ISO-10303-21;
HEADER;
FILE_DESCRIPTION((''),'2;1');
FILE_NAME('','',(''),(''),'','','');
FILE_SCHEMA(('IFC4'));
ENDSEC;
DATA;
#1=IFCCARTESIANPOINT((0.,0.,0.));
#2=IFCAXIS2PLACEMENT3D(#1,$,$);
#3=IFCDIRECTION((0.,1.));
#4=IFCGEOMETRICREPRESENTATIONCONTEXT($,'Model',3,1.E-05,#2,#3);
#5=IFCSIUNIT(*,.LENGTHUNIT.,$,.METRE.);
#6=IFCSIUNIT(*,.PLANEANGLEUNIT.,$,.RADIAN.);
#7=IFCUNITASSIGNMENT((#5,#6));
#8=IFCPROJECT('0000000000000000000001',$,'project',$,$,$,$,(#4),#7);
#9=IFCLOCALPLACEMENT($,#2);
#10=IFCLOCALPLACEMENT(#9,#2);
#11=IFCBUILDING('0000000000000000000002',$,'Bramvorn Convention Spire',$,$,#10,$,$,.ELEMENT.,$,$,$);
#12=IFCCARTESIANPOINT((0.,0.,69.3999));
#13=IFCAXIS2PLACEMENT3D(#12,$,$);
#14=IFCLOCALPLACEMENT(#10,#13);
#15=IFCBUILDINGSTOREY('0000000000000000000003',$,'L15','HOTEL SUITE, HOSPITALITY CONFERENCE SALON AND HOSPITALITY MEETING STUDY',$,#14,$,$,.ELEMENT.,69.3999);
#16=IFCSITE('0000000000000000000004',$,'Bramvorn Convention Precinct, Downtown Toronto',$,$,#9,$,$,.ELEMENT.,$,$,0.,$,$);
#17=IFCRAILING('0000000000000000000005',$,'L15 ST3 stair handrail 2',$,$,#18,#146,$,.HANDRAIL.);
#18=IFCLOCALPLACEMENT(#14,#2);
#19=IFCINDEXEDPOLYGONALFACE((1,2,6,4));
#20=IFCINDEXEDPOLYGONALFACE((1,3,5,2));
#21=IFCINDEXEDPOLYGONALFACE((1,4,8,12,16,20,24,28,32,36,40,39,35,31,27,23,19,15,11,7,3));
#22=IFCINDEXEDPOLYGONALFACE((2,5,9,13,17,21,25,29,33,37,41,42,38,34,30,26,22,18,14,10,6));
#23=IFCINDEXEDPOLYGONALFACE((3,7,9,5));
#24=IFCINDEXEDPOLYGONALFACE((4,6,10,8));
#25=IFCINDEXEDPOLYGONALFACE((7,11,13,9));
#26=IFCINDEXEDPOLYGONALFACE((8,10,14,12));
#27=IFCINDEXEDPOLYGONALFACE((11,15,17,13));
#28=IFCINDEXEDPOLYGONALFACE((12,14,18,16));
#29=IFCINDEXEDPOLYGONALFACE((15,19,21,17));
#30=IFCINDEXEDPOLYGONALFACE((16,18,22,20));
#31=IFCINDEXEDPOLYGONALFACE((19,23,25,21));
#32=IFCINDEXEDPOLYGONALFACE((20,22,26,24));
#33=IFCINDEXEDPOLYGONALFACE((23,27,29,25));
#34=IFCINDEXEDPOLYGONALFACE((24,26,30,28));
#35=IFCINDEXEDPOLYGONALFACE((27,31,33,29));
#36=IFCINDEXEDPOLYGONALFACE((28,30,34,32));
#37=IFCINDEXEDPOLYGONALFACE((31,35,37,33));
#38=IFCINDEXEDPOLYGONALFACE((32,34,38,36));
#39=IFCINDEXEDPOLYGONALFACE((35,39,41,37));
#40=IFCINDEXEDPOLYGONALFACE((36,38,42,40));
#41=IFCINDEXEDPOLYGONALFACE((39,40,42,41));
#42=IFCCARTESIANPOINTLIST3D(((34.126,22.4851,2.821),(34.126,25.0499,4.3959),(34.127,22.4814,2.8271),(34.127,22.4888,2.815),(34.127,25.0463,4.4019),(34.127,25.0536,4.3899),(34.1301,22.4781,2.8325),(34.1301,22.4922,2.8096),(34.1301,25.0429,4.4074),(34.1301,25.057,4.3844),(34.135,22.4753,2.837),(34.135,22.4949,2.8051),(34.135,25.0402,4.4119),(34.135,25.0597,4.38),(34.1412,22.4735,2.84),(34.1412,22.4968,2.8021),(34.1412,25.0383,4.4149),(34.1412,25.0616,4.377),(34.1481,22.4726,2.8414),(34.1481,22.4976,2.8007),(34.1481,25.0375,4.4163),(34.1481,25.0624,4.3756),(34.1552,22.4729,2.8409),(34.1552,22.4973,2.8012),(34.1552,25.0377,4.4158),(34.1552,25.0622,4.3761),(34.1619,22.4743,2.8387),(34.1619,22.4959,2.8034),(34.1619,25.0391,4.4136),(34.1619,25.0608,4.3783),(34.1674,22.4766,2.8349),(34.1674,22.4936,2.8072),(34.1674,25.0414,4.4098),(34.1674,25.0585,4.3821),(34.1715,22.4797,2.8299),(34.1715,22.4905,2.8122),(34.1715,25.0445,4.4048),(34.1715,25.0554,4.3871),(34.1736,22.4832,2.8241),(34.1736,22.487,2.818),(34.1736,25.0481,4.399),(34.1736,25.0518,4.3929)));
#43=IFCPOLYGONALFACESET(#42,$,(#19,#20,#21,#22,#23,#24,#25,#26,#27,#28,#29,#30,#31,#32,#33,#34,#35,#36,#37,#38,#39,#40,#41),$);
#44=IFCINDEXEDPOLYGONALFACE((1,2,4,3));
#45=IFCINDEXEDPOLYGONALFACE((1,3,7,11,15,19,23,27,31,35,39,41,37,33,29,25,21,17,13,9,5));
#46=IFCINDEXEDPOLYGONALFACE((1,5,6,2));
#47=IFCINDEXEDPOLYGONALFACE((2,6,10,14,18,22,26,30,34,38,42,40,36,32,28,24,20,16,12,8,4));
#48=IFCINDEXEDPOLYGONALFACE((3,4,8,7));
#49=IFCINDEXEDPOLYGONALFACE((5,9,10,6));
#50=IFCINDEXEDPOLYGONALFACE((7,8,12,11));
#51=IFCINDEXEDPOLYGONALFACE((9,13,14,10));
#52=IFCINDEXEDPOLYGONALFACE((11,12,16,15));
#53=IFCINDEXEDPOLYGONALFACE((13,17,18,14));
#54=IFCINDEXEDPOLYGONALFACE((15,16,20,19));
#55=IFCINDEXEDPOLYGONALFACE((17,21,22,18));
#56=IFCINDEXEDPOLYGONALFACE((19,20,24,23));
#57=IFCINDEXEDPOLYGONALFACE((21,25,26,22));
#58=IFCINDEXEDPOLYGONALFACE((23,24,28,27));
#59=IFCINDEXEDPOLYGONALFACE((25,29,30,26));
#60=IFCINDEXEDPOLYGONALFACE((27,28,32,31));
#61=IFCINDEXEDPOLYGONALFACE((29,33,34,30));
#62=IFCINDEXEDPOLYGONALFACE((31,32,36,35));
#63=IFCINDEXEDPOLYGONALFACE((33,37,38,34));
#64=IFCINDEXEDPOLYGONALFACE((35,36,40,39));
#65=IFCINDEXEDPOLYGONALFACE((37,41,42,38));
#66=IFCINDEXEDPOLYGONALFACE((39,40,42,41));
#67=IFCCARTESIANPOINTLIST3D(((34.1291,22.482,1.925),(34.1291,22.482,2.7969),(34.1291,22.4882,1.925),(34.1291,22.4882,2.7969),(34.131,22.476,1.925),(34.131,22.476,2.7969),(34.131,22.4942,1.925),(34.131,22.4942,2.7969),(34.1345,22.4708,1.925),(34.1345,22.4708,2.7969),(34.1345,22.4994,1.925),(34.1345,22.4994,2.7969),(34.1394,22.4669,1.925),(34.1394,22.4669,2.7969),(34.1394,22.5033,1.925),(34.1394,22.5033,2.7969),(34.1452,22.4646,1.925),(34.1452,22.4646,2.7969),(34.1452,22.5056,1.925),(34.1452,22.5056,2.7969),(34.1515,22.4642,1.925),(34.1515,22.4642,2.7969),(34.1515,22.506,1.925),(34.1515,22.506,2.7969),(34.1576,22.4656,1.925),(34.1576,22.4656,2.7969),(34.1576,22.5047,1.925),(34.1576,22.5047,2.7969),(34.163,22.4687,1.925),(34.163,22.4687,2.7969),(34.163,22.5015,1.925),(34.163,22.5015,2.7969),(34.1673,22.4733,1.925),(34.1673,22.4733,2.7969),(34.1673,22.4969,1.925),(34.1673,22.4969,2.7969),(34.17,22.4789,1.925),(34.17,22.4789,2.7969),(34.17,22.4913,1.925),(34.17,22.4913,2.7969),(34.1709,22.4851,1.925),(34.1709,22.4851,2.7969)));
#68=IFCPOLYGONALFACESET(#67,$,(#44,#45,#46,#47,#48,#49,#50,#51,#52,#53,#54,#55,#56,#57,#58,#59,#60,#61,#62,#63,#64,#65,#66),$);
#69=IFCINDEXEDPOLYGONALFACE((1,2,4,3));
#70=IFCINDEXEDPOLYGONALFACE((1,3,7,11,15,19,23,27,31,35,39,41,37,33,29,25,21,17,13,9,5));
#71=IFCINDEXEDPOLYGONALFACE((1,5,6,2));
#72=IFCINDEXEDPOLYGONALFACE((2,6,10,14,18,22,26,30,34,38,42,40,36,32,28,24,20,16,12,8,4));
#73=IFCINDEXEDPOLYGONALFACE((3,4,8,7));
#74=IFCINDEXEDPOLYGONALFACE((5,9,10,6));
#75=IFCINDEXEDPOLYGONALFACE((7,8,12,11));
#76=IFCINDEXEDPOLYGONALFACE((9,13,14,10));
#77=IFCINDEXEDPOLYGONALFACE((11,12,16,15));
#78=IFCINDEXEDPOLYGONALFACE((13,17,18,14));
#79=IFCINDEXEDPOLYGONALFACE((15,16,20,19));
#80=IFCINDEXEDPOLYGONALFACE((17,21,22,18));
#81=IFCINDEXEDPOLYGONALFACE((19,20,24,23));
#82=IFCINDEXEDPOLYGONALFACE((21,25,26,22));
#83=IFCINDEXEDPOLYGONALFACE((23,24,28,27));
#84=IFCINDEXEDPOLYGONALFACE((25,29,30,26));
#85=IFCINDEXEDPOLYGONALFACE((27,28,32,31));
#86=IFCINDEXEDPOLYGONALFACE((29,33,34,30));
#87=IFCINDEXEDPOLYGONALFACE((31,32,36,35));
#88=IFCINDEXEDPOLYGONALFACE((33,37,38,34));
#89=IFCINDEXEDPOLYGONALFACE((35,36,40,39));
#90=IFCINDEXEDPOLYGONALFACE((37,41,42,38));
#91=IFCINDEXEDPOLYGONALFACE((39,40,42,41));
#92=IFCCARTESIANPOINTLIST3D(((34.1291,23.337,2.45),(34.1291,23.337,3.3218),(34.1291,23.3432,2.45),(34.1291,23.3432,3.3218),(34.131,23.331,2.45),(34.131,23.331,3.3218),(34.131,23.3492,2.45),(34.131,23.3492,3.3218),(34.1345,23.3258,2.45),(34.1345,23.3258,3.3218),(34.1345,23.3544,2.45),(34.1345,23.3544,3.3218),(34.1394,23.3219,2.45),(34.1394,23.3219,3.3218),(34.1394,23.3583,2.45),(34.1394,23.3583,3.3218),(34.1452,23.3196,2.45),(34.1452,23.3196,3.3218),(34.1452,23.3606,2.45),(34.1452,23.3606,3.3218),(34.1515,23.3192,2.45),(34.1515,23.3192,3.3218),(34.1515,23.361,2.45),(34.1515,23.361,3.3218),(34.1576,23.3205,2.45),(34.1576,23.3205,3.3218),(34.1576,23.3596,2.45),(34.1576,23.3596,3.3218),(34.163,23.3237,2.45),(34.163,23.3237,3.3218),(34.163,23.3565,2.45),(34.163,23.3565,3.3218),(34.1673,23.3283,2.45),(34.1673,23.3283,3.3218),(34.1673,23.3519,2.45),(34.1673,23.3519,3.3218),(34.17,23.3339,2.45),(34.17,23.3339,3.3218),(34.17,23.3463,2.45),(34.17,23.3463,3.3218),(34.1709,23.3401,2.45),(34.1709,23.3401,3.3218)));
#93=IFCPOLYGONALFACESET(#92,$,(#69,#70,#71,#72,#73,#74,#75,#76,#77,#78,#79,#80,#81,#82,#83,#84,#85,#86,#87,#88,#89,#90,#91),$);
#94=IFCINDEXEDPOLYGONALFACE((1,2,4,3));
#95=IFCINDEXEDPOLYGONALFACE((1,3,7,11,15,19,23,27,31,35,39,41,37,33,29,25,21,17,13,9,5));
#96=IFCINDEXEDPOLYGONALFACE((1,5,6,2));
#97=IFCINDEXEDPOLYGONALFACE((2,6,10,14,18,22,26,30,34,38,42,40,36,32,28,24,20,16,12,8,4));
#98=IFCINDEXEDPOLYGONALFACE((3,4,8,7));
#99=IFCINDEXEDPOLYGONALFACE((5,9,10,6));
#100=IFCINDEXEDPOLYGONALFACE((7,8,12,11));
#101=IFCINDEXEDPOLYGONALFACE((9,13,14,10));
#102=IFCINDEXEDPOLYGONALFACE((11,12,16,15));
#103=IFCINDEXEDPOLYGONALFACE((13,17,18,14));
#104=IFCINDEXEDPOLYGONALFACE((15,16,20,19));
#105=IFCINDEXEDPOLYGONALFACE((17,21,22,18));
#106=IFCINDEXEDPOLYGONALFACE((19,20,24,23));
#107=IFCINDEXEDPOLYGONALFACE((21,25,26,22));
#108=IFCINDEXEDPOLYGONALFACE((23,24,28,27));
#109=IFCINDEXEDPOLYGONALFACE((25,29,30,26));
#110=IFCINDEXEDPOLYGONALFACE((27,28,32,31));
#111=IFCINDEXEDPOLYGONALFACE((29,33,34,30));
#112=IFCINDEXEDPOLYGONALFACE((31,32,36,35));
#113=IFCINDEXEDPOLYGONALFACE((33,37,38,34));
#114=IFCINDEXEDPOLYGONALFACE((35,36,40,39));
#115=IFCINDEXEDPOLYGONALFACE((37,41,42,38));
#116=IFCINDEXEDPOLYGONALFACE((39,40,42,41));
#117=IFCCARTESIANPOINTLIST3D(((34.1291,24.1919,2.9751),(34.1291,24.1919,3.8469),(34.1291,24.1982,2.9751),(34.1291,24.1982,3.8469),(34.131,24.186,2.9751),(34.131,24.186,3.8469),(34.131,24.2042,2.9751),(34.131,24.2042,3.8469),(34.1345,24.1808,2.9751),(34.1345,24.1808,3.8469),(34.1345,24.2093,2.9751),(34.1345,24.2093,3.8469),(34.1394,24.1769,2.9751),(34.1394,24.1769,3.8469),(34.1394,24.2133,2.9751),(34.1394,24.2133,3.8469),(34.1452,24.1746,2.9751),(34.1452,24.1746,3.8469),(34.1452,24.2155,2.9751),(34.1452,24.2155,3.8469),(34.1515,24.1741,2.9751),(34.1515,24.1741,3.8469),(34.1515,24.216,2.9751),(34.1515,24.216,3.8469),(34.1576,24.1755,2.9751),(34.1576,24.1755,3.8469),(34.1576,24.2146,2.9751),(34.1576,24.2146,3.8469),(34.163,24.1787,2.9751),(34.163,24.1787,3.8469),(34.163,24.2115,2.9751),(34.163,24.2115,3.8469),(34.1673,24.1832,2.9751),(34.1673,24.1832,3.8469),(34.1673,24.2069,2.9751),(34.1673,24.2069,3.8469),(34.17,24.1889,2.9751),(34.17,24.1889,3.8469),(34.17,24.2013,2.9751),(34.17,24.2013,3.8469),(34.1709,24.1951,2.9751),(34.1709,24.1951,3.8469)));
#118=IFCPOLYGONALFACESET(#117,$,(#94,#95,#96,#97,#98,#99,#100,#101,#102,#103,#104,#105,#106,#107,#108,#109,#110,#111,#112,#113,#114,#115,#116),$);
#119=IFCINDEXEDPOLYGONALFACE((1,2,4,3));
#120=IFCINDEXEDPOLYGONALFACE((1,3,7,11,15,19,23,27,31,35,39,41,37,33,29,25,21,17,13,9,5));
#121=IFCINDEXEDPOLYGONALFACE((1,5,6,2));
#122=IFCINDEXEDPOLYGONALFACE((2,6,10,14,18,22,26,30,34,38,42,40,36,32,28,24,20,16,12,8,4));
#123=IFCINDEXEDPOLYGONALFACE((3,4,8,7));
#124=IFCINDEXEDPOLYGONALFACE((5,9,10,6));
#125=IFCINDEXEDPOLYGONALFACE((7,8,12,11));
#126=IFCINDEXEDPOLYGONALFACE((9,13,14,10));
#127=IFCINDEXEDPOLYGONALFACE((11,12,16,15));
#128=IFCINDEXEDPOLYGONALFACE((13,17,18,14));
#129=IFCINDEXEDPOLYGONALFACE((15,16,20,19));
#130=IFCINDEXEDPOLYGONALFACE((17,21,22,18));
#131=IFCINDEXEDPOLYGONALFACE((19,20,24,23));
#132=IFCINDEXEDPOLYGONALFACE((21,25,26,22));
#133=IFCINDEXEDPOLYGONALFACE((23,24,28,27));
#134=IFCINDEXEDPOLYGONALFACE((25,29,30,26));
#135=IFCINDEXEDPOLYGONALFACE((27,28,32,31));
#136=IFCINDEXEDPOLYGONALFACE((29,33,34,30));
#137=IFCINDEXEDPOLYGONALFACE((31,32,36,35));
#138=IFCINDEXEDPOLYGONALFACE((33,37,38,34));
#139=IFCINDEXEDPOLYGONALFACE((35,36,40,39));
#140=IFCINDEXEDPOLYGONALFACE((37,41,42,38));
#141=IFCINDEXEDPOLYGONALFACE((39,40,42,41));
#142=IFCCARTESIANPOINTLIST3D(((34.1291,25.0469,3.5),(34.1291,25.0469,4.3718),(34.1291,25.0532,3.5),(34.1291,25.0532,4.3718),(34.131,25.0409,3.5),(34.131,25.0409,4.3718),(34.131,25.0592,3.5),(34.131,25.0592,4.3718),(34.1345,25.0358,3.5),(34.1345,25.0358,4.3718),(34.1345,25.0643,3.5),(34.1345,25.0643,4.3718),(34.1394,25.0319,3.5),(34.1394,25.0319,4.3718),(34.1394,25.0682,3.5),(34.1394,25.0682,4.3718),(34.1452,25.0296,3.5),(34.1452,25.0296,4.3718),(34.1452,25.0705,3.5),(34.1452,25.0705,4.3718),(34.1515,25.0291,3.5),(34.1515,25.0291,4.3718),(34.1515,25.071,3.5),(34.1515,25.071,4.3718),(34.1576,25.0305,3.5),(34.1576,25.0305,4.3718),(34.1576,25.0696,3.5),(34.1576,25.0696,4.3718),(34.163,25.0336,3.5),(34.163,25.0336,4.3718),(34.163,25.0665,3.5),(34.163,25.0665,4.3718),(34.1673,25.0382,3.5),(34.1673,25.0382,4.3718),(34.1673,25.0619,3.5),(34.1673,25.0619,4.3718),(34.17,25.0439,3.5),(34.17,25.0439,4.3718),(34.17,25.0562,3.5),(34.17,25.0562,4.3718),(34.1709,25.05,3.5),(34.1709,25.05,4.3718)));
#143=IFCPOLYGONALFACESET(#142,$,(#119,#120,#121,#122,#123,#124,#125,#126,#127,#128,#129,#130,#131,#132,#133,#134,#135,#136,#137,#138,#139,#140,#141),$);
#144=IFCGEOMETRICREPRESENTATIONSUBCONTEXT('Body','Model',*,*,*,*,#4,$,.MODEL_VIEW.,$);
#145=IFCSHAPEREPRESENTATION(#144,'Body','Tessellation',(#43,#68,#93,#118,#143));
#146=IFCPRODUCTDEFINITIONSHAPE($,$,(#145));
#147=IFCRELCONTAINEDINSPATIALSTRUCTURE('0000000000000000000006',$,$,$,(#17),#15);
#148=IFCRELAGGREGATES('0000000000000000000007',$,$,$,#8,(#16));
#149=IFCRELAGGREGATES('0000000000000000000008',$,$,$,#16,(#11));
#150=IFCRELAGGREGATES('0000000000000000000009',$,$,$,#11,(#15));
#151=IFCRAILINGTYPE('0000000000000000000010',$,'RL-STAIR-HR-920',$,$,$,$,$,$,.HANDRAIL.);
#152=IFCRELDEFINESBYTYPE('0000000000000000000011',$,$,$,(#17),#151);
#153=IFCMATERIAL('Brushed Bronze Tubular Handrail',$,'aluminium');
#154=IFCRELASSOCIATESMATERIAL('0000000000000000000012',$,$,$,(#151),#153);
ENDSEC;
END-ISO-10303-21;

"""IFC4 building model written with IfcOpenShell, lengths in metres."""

from ifc_helpers import new_model, si_unit, direction, frame, origin, origin_2d, place, context, subcontext, project, spatial, circle, extrude, material, type_object, element, save


model = new_model("IFC4")

# Units and contexts
model_context = context("Model", 3, precision=1e-05, world=origin(), true_north=direction((0.0, 1.0)))
body_context = subcontext(model_context, "Body", "Model", "MODEL_VIEW")
ifc_project = project(units=[si_unit("LENGTHUNIT", "METRE"), si_unit("PLANEANGLEUNIT", "RADIAN")], contexts=[model_context])

# Site, building, storey
site_placement = place(None, origin())
site = spatial("IfcSite", under=ifc_project, at=site_placement, Name="Bramvorn Convention Precinct, Downtown Toronto", CompositionType="ELEMENT", RefElevation=0.0)
building_placement = place(site_placement, origin())
building = spatial("IfcBuilding", under=site, at=building_placement, Name="Bramvorn Convention Spire", CompositionType="ELEMENT")
storey_placement = place(building_placement, frame((0.0, 0.0, 69.3999)))
storey = spatial("IfcBuildingStorey", under=building, at=storey_placement, Name="L15", Description="HOTEL SUITE, HOSPITALITY CONFERENCE SALON AND HOSPITALITY MEETING STUDY", CompositionType="ELEMENT", Elevation=69.3999)

# Railing
ifc_material_1 = material(Name="Brushed Bronze Tubular Handrail", Category="aluminium")
railing_type_1 = type_object("IfcRailingType", Name="RL-STAIR-HR-920", PredefinedType="HANDRAIL", material=ifc_material_1)
railing_1_placement = place(storey_placement, frame((34.1499, 22.4851, 1.925)))
element("IfcRailing", 1, at=railing_1_placement, inside=storey, type_object=railing_type_1, Name="L15 ST3 stair handrail 2", PredefinedType="HANDRAIL", context=body_context, shape_type="SweptSolid", body=[
    extrude(circle(Radius=0.0239, at=origin_2d()), frame((0.0, 0.0, 0.896), z_axis=(0.0, 0.852173, 0.52326), x_axis=(-1.0, 0.0, 0.0)), (0.0, 0.0, 1.0), 3.0098),
    extrude(circle(Radius=0.021, at=origin_2d()), origin(), (0.0, 0.0, 1.0), 0.8718),
    extrude(circle(Radius=0.021, at=origin_2d()), frame((0.0, 0.855, 0.5249)), (0.0, 0.0, 1.0), 0.8718),
    extrude(circle(Radius=0.021, at=origin_2d()), frame((0.0, 1.71, 1.05)), (0.0, 0.0, 1.0), 0.8718),
    extrude(circle(Radius=0.021, at=origin_2d()), frame((0.0, 2.5649, 1.575)), (0.0, 0.0, 1.0), 0.8718),
])

save(model, "model.ifc")
